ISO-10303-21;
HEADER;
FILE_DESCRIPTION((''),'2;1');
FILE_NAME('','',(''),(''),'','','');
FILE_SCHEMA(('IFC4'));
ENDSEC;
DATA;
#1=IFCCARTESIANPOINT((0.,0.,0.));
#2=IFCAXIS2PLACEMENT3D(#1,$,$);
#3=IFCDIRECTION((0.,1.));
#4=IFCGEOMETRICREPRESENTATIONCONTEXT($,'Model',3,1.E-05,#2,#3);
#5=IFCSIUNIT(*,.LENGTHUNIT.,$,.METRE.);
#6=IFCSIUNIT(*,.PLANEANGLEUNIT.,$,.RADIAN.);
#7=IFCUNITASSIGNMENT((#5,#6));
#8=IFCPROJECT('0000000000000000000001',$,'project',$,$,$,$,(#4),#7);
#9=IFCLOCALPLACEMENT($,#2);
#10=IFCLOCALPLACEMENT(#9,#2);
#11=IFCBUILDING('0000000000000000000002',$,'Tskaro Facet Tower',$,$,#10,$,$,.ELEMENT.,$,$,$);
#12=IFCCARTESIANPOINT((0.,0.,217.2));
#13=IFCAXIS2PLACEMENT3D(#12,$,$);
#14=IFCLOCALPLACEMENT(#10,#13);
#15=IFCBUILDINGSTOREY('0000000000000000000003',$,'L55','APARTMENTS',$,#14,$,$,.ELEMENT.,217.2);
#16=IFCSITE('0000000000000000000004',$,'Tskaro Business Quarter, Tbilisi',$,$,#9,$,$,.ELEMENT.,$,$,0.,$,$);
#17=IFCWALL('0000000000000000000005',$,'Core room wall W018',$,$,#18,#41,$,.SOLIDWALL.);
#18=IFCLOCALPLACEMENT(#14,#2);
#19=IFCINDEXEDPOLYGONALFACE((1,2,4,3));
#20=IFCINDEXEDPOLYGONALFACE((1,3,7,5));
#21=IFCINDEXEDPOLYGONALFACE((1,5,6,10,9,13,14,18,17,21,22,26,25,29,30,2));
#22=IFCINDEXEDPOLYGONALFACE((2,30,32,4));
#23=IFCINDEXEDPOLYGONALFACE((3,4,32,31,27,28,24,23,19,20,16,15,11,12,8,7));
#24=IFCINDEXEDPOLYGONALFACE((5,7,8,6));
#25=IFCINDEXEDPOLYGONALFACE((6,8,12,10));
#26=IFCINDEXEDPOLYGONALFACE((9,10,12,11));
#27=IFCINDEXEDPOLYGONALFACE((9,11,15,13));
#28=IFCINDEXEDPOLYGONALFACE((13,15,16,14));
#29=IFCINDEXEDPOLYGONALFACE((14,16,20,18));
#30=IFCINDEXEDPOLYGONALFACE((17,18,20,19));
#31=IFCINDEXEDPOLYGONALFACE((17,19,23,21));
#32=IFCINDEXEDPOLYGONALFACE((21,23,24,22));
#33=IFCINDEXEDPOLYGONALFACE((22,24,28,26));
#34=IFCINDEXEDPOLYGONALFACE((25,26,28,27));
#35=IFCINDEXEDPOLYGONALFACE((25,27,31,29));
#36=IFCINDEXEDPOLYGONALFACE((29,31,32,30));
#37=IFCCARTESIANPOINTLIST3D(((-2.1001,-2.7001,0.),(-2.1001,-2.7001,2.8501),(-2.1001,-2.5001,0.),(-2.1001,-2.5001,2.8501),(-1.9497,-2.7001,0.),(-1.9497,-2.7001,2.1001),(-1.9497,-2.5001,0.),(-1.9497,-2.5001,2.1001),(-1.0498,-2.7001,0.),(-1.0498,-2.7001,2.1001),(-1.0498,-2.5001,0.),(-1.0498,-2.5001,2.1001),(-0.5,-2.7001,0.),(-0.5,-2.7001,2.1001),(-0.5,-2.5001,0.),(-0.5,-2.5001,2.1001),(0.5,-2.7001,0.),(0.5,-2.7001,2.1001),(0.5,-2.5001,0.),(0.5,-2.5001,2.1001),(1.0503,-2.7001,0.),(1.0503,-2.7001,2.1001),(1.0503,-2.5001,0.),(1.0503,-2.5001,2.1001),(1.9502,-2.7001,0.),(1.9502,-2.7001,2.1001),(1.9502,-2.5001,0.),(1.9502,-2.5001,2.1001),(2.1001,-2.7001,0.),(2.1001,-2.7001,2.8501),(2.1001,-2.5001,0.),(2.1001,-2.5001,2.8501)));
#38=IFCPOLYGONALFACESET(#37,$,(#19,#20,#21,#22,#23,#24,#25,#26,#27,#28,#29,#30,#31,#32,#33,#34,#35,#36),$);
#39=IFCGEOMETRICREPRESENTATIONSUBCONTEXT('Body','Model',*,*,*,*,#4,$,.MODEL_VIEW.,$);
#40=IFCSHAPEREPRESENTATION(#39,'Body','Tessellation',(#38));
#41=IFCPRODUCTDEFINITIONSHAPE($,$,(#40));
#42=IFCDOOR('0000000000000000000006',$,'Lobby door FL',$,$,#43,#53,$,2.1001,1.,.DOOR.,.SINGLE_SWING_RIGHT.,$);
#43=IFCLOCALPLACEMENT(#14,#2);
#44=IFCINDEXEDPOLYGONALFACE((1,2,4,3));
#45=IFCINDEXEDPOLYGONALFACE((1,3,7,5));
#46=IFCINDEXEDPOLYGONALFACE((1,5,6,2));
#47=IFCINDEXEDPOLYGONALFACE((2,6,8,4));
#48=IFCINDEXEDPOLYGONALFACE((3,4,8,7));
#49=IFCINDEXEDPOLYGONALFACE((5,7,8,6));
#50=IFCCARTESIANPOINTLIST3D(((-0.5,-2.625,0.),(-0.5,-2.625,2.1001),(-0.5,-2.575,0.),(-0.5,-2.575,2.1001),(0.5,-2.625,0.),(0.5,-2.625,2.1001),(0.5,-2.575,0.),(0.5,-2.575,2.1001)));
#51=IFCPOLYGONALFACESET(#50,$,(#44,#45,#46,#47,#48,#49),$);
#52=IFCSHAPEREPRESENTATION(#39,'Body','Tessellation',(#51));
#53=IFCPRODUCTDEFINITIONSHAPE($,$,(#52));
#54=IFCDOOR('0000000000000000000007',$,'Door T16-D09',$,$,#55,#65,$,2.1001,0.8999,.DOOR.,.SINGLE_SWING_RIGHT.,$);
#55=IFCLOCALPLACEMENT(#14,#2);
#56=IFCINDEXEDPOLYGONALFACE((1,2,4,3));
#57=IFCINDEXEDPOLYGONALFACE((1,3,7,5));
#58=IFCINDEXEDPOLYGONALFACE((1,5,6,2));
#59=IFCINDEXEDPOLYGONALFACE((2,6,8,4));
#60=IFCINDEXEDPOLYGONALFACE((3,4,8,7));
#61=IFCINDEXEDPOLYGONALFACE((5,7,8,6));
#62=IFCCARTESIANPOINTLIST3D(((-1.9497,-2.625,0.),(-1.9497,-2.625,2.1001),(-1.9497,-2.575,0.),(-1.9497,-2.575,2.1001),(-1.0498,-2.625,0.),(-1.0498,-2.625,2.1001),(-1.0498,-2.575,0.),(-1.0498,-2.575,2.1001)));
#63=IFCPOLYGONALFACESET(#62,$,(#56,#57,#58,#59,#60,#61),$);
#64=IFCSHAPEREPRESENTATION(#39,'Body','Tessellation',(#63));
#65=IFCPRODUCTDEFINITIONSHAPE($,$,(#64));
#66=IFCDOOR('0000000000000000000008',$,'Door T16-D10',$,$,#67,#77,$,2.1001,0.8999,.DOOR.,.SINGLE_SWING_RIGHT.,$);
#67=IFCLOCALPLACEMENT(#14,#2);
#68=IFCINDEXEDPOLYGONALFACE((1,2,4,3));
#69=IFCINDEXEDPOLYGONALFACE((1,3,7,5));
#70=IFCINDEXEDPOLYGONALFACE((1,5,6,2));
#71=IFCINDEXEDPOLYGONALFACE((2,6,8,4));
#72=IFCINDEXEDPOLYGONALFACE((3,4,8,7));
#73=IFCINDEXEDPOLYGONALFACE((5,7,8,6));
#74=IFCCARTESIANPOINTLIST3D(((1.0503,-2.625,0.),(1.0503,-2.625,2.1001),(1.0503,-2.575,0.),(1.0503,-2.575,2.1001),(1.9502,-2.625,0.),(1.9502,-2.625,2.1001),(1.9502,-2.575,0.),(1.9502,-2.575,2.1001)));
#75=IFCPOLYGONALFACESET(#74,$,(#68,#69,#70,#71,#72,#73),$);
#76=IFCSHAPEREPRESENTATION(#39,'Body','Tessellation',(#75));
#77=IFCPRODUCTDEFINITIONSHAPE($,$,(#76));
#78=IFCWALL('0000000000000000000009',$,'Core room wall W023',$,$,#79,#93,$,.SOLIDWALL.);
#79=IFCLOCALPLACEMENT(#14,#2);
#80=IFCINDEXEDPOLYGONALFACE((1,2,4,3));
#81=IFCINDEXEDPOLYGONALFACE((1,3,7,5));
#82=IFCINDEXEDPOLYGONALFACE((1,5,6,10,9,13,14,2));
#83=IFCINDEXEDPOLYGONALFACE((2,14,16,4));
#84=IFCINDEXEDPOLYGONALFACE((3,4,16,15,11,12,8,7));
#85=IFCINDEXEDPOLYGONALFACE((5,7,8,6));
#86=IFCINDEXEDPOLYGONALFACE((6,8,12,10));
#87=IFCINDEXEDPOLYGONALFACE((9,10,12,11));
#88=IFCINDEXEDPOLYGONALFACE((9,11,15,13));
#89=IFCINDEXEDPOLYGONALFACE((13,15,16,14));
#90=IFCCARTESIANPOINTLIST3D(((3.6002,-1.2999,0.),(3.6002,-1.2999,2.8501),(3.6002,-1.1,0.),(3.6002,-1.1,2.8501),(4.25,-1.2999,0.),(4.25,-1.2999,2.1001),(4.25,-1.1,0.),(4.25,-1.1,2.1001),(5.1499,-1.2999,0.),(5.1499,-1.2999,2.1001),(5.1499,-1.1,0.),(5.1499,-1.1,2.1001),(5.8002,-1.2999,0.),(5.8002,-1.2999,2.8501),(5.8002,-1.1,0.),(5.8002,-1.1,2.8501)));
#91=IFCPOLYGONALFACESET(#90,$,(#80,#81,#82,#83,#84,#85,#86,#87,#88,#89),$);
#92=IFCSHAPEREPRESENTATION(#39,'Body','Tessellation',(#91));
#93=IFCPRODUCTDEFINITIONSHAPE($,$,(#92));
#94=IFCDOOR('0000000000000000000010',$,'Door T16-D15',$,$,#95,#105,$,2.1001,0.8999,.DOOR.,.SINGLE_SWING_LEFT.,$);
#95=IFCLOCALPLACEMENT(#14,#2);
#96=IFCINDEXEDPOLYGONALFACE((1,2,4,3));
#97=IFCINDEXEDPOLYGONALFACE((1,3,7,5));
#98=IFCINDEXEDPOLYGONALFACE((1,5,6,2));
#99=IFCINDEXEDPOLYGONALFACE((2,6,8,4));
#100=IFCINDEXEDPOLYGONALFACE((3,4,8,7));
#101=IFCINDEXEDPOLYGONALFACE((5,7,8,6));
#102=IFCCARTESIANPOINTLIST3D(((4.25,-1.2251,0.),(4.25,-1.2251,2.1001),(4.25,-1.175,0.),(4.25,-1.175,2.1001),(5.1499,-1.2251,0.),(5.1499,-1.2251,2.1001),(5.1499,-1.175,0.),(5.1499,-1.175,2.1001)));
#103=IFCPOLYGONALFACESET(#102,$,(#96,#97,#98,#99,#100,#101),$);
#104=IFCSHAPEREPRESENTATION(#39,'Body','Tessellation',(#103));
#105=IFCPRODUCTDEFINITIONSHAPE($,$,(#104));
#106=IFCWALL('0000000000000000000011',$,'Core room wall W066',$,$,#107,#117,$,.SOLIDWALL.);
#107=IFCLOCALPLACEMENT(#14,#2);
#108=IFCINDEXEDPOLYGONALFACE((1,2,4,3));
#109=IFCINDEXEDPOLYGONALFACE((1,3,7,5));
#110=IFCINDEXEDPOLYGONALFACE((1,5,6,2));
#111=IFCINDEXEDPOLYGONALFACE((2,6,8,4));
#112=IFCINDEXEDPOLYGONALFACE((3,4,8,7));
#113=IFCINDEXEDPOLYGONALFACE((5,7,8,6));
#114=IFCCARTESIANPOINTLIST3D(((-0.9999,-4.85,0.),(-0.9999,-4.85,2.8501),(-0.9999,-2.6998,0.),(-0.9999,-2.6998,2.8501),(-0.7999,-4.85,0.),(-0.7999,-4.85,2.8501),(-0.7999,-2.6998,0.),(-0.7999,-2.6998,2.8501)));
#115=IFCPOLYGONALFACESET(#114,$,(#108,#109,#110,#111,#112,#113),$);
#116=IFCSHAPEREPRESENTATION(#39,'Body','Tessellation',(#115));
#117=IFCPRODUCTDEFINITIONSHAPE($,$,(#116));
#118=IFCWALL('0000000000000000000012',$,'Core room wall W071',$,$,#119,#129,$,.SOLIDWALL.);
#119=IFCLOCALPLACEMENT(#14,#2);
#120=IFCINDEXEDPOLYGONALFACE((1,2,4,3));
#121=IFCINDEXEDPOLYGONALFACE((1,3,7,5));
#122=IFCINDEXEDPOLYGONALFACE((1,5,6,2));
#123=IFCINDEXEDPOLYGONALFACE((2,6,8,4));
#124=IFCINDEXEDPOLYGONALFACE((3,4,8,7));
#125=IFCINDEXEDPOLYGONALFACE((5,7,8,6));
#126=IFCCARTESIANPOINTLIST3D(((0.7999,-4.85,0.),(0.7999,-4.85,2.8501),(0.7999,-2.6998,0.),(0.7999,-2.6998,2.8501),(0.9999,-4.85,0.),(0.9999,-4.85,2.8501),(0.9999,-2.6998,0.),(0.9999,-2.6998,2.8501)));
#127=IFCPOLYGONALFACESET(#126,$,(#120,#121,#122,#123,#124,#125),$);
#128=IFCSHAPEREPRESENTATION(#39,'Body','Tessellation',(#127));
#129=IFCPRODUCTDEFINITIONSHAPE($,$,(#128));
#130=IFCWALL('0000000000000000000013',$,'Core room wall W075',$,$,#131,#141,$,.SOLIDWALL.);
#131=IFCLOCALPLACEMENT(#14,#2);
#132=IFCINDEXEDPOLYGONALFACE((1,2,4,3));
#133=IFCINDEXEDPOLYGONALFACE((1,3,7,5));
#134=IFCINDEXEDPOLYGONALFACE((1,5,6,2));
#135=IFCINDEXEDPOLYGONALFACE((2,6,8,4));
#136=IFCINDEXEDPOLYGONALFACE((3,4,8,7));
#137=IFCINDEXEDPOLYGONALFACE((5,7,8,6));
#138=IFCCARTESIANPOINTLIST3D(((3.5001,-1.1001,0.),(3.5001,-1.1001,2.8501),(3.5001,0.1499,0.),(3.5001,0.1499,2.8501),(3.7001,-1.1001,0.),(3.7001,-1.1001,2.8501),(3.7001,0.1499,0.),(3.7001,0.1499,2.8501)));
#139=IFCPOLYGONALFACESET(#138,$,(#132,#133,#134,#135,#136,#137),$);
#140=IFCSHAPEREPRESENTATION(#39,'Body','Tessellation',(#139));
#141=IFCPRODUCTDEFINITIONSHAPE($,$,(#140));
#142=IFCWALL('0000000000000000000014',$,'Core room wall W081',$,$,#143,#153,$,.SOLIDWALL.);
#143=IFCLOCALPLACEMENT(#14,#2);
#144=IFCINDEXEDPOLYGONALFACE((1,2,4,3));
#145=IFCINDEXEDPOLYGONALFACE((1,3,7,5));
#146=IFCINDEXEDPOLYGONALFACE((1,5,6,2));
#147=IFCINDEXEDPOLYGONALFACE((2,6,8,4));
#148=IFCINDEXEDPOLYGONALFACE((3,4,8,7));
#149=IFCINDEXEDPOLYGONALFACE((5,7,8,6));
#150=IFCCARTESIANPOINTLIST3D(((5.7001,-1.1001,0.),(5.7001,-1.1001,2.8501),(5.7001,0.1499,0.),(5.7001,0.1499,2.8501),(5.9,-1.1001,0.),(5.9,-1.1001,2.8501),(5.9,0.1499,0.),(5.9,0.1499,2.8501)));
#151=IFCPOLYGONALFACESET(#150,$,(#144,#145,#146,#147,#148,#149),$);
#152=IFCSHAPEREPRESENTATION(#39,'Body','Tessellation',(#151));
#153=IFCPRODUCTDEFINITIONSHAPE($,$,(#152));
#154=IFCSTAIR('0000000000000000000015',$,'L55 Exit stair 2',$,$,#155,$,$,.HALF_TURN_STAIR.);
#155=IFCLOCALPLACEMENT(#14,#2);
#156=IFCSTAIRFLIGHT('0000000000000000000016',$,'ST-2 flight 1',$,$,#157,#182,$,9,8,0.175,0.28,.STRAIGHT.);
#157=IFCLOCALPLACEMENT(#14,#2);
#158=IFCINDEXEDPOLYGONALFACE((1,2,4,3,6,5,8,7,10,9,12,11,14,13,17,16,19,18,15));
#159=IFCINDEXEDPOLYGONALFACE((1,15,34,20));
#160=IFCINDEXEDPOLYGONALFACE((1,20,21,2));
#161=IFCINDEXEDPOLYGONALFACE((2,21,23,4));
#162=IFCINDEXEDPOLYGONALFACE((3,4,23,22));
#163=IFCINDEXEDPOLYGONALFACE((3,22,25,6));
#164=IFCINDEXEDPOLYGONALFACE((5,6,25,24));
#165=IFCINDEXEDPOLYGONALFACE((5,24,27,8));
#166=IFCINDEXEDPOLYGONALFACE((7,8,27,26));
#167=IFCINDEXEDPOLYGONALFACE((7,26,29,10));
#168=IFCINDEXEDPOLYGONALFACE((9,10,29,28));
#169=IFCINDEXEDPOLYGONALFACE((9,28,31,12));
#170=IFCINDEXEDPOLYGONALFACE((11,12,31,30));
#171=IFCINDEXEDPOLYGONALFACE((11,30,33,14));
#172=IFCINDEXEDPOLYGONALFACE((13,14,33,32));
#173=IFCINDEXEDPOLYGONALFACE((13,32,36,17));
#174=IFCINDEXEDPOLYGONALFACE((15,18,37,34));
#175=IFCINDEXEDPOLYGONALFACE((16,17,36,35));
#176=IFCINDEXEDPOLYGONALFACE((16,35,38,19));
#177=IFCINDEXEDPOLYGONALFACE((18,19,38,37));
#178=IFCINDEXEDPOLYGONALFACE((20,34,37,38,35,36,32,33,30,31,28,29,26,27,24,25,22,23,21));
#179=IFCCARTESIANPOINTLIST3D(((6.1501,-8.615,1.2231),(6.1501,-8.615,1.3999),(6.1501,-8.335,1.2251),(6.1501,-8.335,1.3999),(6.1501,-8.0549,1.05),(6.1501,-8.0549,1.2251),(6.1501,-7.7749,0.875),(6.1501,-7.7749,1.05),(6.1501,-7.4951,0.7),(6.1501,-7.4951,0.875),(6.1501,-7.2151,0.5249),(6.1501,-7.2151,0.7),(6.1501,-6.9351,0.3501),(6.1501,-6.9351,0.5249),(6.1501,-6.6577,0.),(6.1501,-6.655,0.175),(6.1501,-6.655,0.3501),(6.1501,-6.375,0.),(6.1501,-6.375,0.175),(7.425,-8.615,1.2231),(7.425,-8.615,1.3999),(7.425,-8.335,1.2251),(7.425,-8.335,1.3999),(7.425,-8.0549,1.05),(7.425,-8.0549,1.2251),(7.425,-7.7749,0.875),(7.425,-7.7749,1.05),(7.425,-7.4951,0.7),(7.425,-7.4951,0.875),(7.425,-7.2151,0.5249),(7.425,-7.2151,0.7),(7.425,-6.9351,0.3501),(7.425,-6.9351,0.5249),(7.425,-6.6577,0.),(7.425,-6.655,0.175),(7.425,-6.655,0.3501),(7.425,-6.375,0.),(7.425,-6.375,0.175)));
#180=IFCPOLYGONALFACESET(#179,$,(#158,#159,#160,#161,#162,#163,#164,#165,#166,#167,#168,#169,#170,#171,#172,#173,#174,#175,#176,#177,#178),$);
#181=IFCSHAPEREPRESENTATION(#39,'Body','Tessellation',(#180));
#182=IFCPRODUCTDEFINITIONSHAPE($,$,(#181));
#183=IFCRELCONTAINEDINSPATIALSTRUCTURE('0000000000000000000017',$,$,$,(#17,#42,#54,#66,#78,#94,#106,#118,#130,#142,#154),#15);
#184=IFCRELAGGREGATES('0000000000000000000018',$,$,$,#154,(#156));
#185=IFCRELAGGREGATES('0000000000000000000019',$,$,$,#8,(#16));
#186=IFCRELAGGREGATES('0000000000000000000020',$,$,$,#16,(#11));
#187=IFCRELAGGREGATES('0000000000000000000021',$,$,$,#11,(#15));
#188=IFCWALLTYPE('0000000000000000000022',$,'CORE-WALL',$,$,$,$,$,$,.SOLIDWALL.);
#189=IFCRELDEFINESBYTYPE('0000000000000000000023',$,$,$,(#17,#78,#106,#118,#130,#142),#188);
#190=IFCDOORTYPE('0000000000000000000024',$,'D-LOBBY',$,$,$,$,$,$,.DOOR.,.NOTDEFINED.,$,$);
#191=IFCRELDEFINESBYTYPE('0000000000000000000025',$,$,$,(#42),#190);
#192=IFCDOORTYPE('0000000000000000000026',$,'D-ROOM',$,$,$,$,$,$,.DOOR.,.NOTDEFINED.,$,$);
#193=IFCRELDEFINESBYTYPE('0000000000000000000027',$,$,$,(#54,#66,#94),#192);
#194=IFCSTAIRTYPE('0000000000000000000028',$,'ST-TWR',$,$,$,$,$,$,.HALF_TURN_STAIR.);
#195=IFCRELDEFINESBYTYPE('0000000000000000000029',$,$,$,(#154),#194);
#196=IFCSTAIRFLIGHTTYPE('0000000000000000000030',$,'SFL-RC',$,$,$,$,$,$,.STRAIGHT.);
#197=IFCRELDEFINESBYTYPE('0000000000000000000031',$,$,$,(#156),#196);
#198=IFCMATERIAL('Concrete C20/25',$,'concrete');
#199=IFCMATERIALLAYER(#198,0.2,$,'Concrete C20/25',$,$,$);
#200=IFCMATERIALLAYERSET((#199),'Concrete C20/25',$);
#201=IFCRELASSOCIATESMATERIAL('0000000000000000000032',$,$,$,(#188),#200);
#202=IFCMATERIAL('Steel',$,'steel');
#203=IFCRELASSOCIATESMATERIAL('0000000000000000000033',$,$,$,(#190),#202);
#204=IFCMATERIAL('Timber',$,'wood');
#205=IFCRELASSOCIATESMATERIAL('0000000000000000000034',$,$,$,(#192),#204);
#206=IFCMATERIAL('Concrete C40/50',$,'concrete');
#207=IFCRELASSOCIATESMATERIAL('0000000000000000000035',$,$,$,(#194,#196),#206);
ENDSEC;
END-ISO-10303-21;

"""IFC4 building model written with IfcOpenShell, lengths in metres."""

from ifc_helpers import new_model, si_unit, direction, frame, frame_2d, origin, place, context, subcontext, project, spatial, polyline, rectangle, outline, extrude, material, layer, layer_set, type_object, element, fill, aggregate, save


model = new_model("IFC4")

# Units and contexts
model_context = context("Model", 3, precision=1e-05, world=origin(), true_north=direction((0.0, 1.0)))
body_context = subcontext(model_context, "Body", "Model", "MODEL_VIEW")
ifc_project = project(units=[si_unit("LENGTHUNIT", "METRE"), si_unit("PLANEANGLEUNIT", "RADIAN")], contexts=[model_context])

# Site, building, storey
site_placement = place(None, origin())
site = spatial("IfcSite", under=ifc_project, at=site_placement, Name="Tskaro Business Quarter, Tbilisi", CompositionType="ELEMENT", RefElevation=0.0)
building_placement = place(site_placement, origin())
building = spatial("IfcBuilding", under=site, at=building_placement, Name="Tskaro Facet Tower", CompositionType="ELEMENT")
storey_placement = place(building_placement, frame((0.0, 0.0, 217.2)))
storey = spatial("IfcBuildingStorey", under=building, at=storey_placement, Name="L55", Description="APARTMENTS", CompositionType="ELEMENT", Elevation=217.2)

# Shared definitions
ifc_material_1 = material(Name="Steel", Category="steel")

# Shared definitions
ifc_material_2 = material(Name="Concrete C20/25", Category="concrete")
ifc_layer_1 = layer(ifc_material_2, 0.2, Name="Concrete C20/25")
ifc_layer_set_1 = layer_set([ifc_layer_1], Name="Concrete C20/25")
wall_type_1 = type_object("IfcWallType", Name="CORE-WALL", PredefinedType="SOLIDWALL", material=ifc_layer_set_1)

# Wall, openings, doors
wall_1_placement = place(storey_placement, frame((2.1001, -2.6001, 0.0), z_axis=(0.0, 0.0, 1.0), x_axis=(-1.0, 0.0, 0.0)))
wall_1 = element("IfcWall", 1, at=wall_1_placement, inside=storey, type_object=wall_type_1, Name="Core room wall W018", PredefinedType="SOLIDWALL", context=body_context, shape_type="SweptSolid", body=[
    extrude(rectangle(XDim=4.2002, YDim=0.2, at=frame_2d((2.1001, 0.0))), origin(), (0.0, 0.0, 1.0), 2.8501),
])
opening_1_placement = place(wall_1_placement, frame((1.6001, 0.0, 0.0)))
opening_1 = element("IfcOpeningElement", 2, at=opening_1_placement, cuts=wall_1, PredefinedType="OPENING", context=body_context, shape_type="SweptSolid", body=[
    extrude(rectangle(XDim=1.0, YDim=2.1001, at=frame_2d((0.5, 1.05))), frame((0.0, 0.1099, 0.0), z_axis=(0.0, -1.0, 0.0), x_axis=(1.0, 0.0, 0.0)), (0.0, 0.0, 1.0), 0.22),
])
opening_2_placement = place(wall_1_placement, frame((3.1499, 0.0, 0.0)))
opening_2 = element("IfcOpeningElement", 3, at=opening_2_placement, cuts=wall_1, PredefinedType="OPENING", context=body_context, shape_type="SweptSolid", body=[
    extrude(rectangle(XDim=0.8999, YDim=2.1001, at=frame_2d((0.45, 1.05))), frame((0.0, 0.1099, 0.0), z_axis=(0.0, -1.0, 0.0), x_axis=(1.0, 0.0, 0.0)), (0.0, 0.0, 1.0), 0.22),
])
opening_3_placement = place(wall_1_placement, frame((0.1499, 0.0, 0.0)))
opening_3 = element("IfcOpeningElement", 4, at=opening_3_placement, cuts=wall_1, PredefinedType="OPENING", context=body_context, shape_type="SweptSolid", body=[
    extrude(rectangle(XDim=0.8999, YDim=2.1001, at=frame_2d((0.45, 1.05))), frame((0.0, 0.1099, 0.0), z_axis=(0.0, -1.0, 0.0), x_axis=(1.0, 0.0, 0.0)), (0.0, 0.0, 1.0), 0.22),
])
door_type_1 = type_object("IfcDoorType", Name="D-LOBBY", OperationType="NOTDEFINED", PredefinedType="DOOR", material=ifc_material_1)
door_1_placement = place(opening_1_placement, origin())
door_1 = element("IfcDoor", 5, at=door_1_placement, inside=storey, type_object=door_type_1, Name="Lobby door FL", OperationType="SINGLE_SWING_RIGHT", OverallHeight=2.1001, OverallWidth=1.0, PredefinedType="DOOR", context=body_context, shape_type="SweptSolid", body=[
    extrude(rectangle(XDim=1.0, YDim=2.1001, at=frame_2d((0.5, 1.05))), frame((0.0, 0.0249, 0.0), z_axis=(0.0, -1.0, 0.0), x_axis=(1.0, 0.0, 0.0)), (0.0, 0.0, 1.0), 0.05),
])
fill(opening_1, door_1)
ifc_material_3 = material(Name="Timber", Category="wood")
door_type_2 = type_object("IfcDoorType", Name="D-ROOM", OperationType="NOTDEFINED", PredefinedType="DOOR", material=ifc_material_3)
door_2_placement = place(opening_2_placement, origin())
door_2 = element("IfcDoor", 6, at=door_2_placement, inside=storey, type_object=door_type_2, Name="Door T16-D09", OperationType="SINGLE_SWING_RIGHT", OverallHeight=2.1001, OverallWidth=0.8999, PredefinedType="DOOR", context=body_context, shape_type="SweptSolid", body=[
    extrude(rectangle(XDim=0.8999, YDim=2.1001, at=frame_2d((0.45, 1.05))), frame((0.0, 0.0249, 0.0), z_axis=(0.0, -1.0, 0.0), x_axis=(1.0, 0.0, 0.0)), (0.0, 0.0, 1.0), 0.05),
])
fill(opening_2, door_2)
door_3_placement = place(opening_3_placement, origin())
door_3 = element("IfcDoor", 7, at=door_3_placement, inside=storey, type_object=door_type_2, Name="Door T16-D10", OperationType="SINGLE_SWING_RIGHT", OverallHeight=2.1001, OverallWidth=0.8999, PredefinedType="DOOR", context=body_context, shape_type="SweptSolid", body=[
    extrude(rectangle(XDim=0.8999, YDim=2.1001, at=frame_2d((0.45, 1.05))), frame((0.0, 0.0249, 0.0), z_axis=(0.0, -1.0, 0.0), x_axis=(1.0, 0.0, 0.0)), (0.0, 0.0, 1.0), 0.05),
])
fill(opening_3, door_3)

# Wall, opening, door
wall_2_placement = place(storey_placement, frame((3.6001, -1.2, 0.0), z_axis=(0.0, 0.0, 1.0), x_axis=(1.0, 0.0, 0.0)))
wall_2 = element("IfcWall", 8, at=wall_2_placement, inside=storey, type_object=wall_type_1, Name="Core room wall W023", PredefinedType="SOLIDWALL", context=body_context, shape_type="SweptSolid", body=[
    extrude(rectangle(XDim=2.2, YDim=0.2, at=frame_2d((1.1001, 0.0))), origin(), (0.0, 0.0, 1.0), 2.8501),
])
opening_4_placement = place(wall_2_placement, frame((0.6499, 0.0, 0.0)))
opening_4 = element("IfcOpeningElement", 9, at=opening_4_placement, cuts=wall_2, PredefinedType="OPENING", context=body_context, shape_type="SweptSolid", body=[
    extrude(rectangle(XDim=0.8999, YDim=2.1001, at=frame_2d((0.45, 1.05))), frame((0.0, 0.1099, 0.0), z_axis=(0.0, -1.0, 0.0), x_axis=(1.0, 0.0, 0.0)), (0.0, 0.0, 1.0), 0.22),
])
door_4_placement = place(opening_4_placement, origin())
door_4 = element("IfcDoor", 10, at=door_4_placement, inside=storey, type_object=door_type_2, Name="Door T16-D15", OperationType="SINGLE_SWING_LEFT", OverallHeight=2.1001, OverallWidth=0.8999, PredefinedType="DOOR", context=body_context, shape_type="SweptSolid", body=[
    extrude(rectangle(XDim=0.8999, YDim=2.1001, at=frame_2d((0.45, 1.05))), frame((0.0, 0.0249, 0.0), z_axis=(0.0, -1.0, 0.0), x_axis=(1.0, 0.0, 0.0)), (0.0, 0.0, 1.0), 0.05),
])
fill(opening_4, door_4)

# Walls
for number, where, z_axis, x_axis, name in (
    (11, (-0.8999, -4.8501, 0.0), (0.0, 0.0, 1.0), (0.0, 1.0, 0.0), "Core room wall W066"),
    (12, (0.8999, -4.8501, 0.0), (0.0, 0.0, 1.0), (0.0, 1.0, 0.0), "Core room wall W071"),
):
    element("IfcWall", number, at=place(storey_placement, frame(where, z_axis=z_axis, x_axis=x_axis)), inside=storey, type_object=wall_type_1, Name=name, PredefinedType="SOLIDWALL", context=body_context, shape_type="SweptSolid", body=[
        extrude(rectangle(XDim=2.1501, YDim=0.2, at=frame_2d((1.0752, 0.0))), origin(), (0.0, 0.0, 1.0), 2.8501),
    ])
for number, where, z_axis, x_axis, name in (
    (13, (3.6001, -1.1001, 0.0), (0.0, 0.0, 1.0), (0.0, 1.0, 0.0), "Core room wall W075"),
    (14, (5.8, -1.1001, 0.0), (0.0, 0.0, 1.0), (0.0, 1.0, 0.0), "Core room wall W081"),
):
    element("IfcWall", number, at=place(storey_placement, frame(where, z_axis=z_axis, x_axis=x_axis)), inside=storey, type_object=wall_type_1, Name=name, PredefinedType="SOLIDWALL", context=body_context, shape_type="SweptSolid", body=[
        extrude(rectangle(XDim=1.25, YDim=0.2, at=frame_2d((0.625, 0.0))), origin(), (0.0, 0.0, 1.0), 2.8501),
    ])

# Stair, stair flight
ifc_material_4 = material(Name="Concrete C40/50", Category="concrete")
stair_type = type_object("IfcStairType", Name="ST-TWR", PredefinedType="HALF_TURN_STAIR", material=ifc_material_4)
stair_placement = place(storey_placement, origin())
stair = element("IfcStair", 15, at=stair_placement, inside=storey, type_object=stair_type, Name="L55 Exit stair 2", PredefinedType="HALF_TURN_STAIR")
stair_flight_type = type_object("IfcStairFlightType", Name="SFL-RC", PredefinedType="STRAIGHT", material=ifc_material_4)
stair_flight_placement = place(storey_placement, frame((6.7876, -6.375, 0.0), z_axis=(0.0, 0.0, 1.0), x_axis=(0.0, -1.0, 0.0)))
stair_flight = element("IfcStairFlight", 16, at=stair_flight_placement, type_object=stair_flight_type, Name="ST-2 flight 1", NumberOfRisers=9, NumberOfTreads=8, PredefinedType="STRAIGHT", RiserHeight=0.175, TreadLength=0.28, context=body_context, shape_type="SweptSolid", body=[
    extrude(outline(polyline([(0.0, 0.0), (0.0, 0.175), (0.28, 0.175), (0.28, 0.3501), (0.5601, 0.3501), (0.5601, 0.5249), (0.8401, 0.5249), (0.8401, 0.7), (1.1201, 0.7), (1.1201, 0.875), (1.3999, 0.875), (1.3999, 1.05), (1.6799, 1.05), (1.6799, 1.2251), (1.96, 1.2251), (1.96, 1.3999), (2.24, 1.3999), (2.24, 1.575), (2.24, 1.2231), (0.2827, 0.0), (0.0, 0.0)])), frame((0.0, 0.6375, 0.0), z_axis=(0.0, -1.0, 0.0), x_axis=(1.0, 0.0, 0.0)), (0.0, 0.0, 1.0), 1.2749),
])
aggregate(stair, [stair_flight])

save(model, "model.ifc")
